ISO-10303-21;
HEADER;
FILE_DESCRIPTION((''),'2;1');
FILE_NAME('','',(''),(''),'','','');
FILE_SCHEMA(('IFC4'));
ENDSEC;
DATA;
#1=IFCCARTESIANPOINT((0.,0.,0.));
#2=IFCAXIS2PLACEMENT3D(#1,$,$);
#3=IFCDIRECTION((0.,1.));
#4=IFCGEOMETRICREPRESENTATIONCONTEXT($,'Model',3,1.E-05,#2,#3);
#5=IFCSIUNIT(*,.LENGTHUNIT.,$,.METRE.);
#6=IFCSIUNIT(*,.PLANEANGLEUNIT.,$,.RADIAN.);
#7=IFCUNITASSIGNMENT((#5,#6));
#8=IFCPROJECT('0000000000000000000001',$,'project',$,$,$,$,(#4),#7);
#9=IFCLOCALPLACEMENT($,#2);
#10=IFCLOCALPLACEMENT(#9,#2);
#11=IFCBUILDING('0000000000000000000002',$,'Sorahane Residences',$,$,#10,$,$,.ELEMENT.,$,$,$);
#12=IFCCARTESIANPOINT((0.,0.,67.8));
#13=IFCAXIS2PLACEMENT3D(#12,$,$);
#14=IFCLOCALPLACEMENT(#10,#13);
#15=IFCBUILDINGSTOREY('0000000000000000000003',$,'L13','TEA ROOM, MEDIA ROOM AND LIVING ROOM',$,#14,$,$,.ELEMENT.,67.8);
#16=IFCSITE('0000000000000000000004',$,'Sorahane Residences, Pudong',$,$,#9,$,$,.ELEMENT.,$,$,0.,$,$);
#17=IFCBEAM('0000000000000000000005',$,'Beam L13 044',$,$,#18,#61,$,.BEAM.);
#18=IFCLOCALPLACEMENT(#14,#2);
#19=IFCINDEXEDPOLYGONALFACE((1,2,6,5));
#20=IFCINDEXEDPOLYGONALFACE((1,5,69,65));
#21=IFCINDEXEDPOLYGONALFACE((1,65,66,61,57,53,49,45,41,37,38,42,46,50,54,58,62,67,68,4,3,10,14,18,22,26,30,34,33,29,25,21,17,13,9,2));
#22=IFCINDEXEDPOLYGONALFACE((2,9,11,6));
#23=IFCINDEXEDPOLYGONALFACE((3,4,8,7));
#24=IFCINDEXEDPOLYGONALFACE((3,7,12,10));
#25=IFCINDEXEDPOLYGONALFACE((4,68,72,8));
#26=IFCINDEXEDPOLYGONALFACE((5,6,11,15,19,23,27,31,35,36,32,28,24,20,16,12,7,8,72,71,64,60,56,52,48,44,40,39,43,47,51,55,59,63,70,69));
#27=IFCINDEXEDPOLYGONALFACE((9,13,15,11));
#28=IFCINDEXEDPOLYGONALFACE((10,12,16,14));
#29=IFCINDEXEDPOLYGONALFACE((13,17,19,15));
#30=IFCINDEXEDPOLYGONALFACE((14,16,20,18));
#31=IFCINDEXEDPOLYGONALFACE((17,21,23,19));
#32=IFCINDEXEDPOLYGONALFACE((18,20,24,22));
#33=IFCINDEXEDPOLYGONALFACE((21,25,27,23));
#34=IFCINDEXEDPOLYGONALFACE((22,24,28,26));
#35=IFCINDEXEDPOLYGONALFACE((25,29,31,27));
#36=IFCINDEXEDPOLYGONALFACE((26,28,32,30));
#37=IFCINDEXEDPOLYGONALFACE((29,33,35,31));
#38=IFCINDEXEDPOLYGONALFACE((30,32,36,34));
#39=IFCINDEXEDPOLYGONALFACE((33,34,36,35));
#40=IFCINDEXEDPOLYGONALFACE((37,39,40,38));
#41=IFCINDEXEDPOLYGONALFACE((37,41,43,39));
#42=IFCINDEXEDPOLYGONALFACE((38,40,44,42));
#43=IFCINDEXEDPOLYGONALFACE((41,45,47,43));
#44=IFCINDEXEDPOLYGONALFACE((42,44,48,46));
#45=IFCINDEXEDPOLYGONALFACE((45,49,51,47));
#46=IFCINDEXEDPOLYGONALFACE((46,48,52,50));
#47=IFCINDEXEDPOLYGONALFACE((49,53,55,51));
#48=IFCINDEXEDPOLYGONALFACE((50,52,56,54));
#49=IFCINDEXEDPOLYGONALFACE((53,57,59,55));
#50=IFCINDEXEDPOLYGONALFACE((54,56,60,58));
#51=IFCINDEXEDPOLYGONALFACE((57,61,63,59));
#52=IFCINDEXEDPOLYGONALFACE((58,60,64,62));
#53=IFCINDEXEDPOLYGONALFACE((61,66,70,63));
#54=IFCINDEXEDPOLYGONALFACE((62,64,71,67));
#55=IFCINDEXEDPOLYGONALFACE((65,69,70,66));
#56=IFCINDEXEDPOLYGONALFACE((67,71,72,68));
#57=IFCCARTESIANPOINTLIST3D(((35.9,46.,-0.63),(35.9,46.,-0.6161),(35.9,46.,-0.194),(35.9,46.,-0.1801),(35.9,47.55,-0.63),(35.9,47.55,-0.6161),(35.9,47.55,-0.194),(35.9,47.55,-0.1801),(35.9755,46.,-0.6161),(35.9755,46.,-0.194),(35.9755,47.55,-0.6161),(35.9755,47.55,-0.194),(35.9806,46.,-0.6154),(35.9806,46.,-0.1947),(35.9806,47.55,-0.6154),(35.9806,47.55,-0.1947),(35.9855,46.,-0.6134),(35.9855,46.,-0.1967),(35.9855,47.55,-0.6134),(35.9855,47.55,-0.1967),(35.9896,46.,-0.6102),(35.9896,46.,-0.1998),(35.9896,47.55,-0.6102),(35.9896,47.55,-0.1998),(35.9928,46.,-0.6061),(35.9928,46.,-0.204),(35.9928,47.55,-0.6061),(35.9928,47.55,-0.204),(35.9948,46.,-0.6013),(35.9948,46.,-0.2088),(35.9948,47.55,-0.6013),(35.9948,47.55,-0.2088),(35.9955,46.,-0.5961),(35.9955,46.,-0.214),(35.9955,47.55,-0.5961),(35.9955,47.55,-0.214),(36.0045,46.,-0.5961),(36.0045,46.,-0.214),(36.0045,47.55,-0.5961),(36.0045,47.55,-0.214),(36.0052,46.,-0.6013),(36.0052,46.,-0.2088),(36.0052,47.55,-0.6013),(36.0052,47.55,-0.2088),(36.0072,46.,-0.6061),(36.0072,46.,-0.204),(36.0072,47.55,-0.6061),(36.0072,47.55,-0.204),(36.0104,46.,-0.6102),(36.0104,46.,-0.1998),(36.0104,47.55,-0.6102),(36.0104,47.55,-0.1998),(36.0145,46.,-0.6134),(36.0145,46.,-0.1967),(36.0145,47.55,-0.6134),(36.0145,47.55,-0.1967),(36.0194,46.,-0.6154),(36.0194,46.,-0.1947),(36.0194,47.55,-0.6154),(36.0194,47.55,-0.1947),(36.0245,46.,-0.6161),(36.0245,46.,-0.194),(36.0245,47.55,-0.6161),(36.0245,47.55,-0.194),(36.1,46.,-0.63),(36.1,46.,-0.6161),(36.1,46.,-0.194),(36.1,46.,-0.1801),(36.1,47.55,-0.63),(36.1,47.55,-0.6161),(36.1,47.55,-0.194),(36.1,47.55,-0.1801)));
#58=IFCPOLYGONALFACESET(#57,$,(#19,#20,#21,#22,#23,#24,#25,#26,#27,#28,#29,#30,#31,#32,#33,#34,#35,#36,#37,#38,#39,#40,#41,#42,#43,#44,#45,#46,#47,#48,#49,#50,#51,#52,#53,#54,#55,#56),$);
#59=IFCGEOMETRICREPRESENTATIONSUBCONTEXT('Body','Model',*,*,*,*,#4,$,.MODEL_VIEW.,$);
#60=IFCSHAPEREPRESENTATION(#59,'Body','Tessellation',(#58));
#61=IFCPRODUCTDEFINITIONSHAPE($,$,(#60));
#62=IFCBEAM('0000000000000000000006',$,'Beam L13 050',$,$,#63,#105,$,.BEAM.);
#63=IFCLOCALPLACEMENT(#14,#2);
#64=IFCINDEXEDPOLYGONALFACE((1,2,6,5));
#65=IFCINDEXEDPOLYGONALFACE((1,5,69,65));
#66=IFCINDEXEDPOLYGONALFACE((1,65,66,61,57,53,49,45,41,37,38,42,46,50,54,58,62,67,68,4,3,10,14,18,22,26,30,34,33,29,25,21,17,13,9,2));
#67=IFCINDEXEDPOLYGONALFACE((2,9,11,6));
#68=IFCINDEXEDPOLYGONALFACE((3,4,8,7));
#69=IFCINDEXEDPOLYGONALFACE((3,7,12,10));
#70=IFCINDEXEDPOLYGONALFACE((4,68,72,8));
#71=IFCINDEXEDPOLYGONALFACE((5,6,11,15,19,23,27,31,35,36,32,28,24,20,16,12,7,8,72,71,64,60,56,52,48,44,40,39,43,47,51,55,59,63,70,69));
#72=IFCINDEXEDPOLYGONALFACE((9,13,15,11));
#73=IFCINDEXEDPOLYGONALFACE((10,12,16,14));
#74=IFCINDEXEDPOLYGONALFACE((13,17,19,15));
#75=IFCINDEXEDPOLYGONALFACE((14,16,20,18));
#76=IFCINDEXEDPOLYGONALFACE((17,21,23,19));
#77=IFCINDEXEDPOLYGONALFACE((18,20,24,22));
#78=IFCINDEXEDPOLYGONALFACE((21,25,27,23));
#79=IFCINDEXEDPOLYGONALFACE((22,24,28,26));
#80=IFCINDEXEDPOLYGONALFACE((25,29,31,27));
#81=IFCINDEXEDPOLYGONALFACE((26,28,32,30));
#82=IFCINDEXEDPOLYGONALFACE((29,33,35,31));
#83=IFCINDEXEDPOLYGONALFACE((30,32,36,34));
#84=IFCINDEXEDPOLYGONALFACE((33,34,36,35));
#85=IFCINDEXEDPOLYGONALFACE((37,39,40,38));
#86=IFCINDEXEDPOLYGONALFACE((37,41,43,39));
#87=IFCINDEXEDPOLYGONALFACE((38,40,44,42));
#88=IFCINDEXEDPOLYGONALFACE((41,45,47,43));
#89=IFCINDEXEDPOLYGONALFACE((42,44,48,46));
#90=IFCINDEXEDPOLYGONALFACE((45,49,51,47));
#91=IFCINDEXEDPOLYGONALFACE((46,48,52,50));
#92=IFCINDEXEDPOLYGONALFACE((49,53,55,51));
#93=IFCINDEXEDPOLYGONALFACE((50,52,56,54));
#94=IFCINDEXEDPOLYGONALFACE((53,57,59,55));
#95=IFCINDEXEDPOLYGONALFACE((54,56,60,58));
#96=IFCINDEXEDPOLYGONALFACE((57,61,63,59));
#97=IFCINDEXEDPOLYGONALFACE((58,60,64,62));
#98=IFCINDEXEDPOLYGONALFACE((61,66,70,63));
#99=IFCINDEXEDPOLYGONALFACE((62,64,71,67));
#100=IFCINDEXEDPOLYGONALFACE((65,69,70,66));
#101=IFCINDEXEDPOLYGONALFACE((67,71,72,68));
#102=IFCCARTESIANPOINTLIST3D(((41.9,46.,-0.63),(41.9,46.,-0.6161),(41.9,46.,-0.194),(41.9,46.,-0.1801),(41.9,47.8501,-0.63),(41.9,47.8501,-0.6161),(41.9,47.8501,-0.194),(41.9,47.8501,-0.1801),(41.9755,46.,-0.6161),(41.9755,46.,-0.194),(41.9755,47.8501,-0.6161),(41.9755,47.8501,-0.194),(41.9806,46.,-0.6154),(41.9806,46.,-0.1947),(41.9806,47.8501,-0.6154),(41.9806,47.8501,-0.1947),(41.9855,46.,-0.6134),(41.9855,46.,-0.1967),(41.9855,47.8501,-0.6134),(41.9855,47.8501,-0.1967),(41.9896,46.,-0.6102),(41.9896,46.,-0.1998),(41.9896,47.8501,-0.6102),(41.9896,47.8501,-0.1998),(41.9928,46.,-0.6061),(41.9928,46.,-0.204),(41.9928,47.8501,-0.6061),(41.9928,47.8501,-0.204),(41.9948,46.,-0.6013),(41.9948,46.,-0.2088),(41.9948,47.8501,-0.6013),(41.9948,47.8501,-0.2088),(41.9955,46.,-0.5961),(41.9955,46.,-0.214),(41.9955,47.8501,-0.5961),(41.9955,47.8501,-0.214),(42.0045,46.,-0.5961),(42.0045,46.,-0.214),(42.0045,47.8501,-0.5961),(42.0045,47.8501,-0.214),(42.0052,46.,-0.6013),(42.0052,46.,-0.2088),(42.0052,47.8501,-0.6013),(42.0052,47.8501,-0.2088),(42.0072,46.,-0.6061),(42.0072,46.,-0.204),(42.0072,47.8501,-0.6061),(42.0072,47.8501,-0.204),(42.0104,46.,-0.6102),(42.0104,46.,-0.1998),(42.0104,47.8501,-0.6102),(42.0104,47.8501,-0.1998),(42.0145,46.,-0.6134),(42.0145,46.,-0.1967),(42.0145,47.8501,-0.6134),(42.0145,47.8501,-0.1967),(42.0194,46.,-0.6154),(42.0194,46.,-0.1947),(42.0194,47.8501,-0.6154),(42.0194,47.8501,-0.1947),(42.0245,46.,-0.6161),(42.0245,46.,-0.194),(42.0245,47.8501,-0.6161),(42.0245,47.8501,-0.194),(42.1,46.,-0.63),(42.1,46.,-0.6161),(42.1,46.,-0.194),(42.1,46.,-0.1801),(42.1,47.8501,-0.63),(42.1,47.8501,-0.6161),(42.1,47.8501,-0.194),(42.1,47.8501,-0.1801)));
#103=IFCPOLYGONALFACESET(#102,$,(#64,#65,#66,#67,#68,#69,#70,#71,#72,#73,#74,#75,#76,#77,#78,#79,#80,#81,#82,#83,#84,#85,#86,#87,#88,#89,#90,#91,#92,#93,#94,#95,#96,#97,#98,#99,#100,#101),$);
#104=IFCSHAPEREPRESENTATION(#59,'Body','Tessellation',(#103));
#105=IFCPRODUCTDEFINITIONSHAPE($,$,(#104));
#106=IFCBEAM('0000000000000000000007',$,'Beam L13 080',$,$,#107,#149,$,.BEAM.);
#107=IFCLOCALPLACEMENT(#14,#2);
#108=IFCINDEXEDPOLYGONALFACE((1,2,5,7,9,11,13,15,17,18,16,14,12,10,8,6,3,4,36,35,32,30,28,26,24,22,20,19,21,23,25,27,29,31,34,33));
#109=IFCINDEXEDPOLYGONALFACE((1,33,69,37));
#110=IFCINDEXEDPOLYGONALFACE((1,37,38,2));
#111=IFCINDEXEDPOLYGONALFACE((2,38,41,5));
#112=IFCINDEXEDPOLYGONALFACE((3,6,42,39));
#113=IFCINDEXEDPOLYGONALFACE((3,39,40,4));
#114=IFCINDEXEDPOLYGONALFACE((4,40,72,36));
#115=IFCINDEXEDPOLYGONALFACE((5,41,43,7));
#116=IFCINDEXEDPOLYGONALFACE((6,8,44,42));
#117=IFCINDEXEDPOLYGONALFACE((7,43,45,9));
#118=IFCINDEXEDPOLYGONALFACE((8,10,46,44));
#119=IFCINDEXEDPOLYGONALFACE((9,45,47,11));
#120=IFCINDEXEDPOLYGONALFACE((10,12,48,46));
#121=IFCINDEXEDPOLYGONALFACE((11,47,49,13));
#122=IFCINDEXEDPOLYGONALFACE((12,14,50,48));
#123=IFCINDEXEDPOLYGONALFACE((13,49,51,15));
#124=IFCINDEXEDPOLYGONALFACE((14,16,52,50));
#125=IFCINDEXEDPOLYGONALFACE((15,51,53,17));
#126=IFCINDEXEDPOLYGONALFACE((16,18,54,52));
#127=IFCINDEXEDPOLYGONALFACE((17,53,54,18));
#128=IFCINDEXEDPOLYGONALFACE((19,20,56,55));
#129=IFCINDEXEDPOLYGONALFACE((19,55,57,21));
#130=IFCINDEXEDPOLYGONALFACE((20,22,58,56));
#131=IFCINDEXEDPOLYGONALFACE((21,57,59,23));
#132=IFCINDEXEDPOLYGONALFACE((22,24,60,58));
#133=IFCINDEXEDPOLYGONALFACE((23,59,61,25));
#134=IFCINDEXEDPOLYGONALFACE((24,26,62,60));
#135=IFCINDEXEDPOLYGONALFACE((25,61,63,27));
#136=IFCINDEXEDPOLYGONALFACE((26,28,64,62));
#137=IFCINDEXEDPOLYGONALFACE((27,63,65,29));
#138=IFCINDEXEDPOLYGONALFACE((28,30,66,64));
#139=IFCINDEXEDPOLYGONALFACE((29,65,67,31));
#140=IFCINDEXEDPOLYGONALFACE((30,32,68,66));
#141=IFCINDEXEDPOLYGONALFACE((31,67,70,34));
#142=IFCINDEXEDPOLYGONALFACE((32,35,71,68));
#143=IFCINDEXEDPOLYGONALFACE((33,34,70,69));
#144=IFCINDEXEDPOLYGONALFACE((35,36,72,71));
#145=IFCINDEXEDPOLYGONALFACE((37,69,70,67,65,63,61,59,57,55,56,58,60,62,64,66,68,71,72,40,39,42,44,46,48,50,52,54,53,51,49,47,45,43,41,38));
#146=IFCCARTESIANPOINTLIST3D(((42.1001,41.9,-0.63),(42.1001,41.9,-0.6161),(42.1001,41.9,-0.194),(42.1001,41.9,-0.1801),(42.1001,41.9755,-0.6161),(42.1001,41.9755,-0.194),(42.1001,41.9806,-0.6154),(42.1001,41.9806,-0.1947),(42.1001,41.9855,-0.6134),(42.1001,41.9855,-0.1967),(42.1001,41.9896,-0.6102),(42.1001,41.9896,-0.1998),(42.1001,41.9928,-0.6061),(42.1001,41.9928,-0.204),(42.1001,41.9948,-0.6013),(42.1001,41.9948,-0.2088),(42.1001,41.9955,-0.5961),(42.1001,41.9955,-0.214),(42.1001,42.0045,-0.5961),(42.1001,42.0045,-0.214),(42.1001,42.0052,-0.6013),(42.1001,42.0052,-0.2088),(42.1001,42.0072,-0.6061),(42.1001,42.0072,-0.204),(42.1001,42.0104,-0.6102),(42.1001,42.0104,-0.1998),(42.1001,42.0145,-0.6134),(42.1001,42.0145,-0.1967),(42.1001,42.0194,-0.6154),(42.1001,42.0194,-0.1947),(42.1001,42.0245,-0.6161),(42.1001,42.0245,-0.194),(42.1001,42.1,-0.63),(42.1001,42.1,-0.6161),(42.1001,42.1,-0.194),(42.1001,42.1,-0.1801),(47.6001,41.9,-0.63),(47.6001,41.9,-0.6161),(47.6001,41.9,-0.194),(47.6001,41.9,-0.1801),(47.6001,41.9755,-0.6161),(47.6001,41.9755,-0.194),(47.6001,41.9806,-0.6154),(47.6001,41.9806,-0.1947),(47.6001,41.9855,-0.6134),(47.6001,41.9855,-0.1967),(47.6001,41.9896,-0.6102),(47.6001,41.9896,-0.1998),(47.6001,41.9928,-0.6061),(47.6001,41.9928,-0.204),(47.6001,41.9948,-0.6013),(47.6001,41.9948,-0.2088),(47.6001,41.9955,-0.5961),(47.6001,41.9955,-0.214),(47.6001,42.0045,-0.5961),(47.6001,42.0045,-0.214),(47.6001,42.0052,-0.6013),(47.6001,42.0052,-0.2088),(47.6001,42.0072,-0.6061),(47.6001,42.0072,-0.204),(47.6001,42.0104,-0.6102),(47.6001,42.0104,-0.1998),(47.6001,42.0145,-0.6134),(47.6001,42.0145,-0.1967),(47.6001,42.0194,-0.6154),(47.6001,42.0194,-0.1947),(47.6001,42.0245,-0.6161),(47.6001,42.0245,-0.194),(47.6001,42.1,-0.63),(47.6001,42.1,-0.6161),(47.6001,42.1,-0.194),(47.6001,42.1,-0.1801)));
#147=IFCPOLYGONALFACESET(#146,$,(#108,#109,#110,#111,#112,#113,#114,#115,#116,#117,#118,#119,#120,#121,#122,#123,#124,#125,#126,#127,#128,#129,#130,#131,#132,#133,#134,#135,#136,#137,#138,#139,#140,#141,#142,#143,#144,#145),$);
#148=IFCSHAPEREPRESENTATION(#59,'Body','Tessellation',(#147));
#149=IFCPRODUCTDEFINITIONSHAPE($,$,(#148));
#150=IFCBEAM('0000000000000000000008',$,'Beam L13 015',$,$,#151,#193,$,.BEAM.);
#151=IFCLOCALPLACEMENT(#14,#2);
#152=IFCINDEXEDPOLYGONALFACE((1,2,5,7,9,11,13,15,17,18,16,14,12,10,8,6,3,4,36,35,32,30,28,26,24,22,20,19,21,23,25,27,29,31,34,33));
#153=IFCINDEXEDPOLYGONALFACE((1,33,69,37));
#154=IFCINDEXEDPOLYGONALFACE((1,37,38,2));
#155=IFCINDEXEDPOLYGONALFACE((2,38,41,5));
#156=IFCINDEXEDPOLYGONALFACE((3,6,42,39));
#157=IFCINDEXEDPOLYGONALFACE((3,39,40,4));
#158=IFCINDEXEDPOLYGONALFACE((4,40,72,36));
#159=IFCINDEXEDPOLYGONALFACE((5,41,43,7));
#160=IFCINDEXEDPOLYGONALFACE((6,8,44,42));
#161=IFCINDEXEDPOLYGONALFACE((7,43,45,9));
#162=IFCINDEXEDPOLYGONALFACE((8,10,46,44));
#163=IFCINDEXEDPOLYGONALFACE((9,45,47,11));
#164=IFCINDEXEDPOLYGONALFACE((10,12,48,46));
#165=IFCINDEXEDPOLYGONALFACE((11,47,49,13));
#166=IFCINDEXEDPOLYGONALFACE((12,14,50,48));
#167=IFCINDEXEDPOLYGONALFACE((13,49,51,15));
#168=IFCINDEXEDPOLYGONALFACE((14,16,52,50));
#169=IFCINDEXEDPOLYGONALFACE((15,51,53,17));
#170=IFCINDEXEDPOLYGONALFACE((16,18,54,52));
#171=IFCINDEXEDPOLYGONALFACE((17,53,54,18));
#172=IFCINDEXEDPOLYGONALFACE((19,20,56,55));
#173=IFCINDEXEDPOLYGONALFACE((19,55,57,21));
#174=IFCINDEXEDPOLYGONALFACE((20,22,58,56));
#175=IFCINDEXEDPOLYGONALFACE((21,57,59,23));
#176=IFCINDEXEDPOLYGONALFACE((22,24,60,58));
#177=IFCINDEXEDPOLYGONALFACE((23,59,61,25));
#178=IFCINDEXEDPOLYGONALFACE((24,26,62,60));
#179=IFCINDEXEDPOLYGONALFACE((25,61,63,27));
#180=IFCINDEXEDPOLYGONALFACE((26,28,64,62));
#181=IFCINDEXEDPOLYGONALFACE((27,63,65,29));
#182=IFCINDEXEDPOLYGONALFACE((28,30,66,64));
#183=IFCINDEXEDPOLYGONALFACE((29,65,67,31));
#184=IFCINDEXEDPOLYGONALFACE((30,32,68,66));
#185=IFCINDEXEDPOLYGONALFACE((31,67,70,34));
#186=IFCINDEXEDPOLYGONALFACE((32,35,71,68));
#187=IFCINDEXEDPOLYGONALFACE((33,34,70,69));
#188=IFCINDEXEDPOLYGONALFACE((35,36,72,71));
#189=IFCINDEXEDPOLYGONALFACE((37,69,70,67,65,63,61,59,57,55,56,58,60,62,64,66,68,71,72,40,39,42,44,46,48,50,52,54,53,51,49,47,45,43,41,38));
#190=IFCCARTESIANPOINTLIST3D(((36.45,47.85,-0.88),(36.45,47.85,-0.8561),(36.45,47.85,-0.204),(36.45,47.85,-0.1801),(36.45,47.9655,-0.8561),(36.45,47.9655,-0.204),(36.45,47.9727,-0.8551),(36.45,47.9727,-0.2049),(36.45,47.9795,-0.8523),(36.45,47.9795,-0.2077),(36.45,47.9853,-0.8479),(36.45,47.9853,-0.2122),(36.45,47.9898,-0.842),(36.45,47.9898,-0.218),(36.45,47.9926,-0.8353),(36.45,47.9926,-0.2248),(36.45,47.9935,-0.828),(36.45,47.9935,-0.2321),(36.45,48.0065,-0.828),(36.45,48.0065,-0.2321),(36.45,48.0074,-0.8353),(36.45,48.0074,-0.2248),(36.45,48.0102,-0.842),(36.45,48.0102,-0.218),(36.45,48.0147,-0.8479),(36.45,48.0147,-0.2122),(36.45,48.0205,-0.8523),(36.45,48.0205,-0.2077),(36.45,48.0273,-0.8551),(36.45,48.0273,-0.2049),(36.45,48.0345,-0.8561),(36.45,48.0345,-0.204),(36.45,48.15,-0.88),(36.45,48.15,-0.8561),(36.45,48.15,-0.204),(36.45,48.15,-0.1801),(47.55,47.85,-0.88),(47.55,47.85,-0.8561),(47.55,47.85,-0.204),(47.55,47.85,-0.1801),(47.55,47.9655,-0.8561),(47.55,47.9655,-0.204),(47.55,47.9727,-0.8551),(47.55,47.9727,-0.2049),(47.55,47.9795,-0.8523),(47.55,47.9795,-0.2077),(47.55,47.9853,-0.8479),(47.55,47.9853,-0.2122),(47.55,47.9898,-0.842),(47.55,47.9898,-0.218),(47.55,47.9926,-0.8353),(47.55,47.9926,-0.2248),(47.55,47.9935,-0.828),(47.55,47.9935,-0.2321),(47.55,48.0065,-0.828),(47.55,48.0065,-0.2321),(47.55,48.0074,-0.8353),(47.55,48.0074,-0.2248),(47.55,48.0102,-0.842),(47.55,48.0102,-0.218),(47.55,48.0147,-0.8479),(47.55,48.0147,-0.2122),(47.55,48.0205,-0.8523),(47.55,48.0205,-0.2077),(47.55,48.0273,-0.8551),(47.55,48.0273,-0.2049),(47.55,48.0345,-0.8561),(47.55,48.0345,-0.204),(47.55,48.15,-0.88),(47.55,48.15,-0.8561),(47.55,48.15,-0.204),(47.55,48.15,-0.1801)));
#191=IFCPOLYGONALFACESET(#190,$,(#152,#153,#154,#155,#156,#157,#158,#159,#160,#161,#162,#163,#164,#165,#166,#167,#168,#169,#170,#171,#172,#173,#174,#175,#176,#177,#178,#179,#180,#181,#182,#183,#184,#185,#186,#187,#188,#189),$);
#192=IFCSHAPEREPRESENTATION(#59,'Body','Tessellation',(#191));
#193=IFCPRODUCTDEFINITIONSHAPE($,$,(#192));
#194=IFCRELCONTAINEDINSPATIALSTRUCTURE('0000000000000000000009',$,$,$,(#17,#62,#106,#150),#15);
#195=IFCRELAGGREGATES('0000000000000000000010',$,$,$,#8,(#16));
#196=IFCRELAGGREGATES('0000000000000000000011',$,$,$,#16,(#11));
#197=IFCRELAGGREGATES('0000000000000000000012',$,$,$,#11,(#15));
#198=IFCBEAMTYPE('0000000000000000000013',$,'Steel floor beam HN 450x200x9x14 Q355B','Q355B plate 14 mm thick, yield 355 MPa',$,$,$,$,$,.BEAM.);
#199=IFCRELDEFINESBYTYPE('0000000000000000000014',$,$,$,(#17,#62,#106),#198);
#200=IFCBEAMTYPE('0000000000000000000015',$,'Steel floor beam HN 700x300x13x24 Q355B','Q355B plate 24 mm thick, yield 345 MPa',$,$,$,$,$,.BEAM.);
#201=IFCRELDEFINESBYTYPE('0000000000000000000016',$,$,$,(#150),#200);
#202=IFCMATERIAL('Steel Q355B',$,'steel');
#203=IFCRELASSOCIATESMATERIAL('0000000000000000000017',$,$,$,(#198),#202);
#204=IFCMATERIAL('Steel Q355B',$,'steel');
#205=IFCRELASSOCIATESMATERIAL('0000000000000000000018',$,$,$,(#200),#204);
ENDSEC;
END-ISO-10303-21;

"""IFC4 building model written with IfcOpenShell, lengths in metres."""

from ifc_helpers import new_model, si_unit, direction, frame, origin, origin_2d, place, context, subcontext, project, spatial, i_section, extrude, material, material_profile, profile_set, type_object, element, save


model = new_model("IFC4")

# Units and contexts
model_context = context("Model", 3, precision=1e-05, world=origin(), true_north=direction((0.0, 1.0)))
body_context = subcontext(model_context, "Body", "Model", "MODEL_VIEW")
ifc_project = project(units=[si_unit("LENGTHUNIT", "METRE"), si_unit("PLANEANGLEUNIT", "RADIAN")], contexts=[model_context])

# Site, building, storey
site_placement = place(None, origin())
site = spatial("IfcSite", under=ifc_project, at=site_placement, Name="Sorahane Residences, Pudong", CompositionType="ELEMENT", RefElevation=0.0)
building_placement = place(site_placement, origin())
building = spatial("IfcBuilding", under=site, at=building_placement, Name="Sorahane Residences", CompositionType="ELEMENT")
storey_placement = place(building_placement, frame((0.0, 0.0, 67.8)))
storey = spatial("IfcBuildingStorey", under=building, at=storey_placement, Name="L13", Description="TEA ROOM, MEDIA ROOM AND LIVING ROOM", CompositionType="ELEMENT", Elevation=67.8)

# Beams
ifc_material_1 = material(Name="Steel Q355B", Category="steel")
ifc_material_profile_1 = material_profile(ifc_material_1, i_section(OverallWidth=0.2, OverallDepth=0.45, WebThickness=0.009, FlangeThickness=0.0139, FilletRadius=0.02, at=origin_2d()), Name="HN 450x200x9x14")
ifc_profile_set_1 = profile_set([ifc_material_profile_1], Name="Steel Q355B")
beam_type_1 = type_object("IfcBeamType", Name="Steel floor beam HN 450x200x9x14 Q355B", Description="Q355B plate 14 mm thick, yield 355 MPa", PredefinedType="BEAM", material=ifc_profile_set_1)
beam_1_placement = place(storey_placement, frame((36.0, 46.0, -0.405), z_axis=(0.0, 1.0, 0.0), x_axis=(-1.0, 0.0, 0.0)))
element("IfcBeam", 1, at=beam_1_placement, inside=storey, type_object=beam_type_1, Name="Beam L13 044", PredefinedType="BEAM", context=body_context, shape_type="SweptSolid", body=[
    extrude(i_section(OverallWidth=0.2, OverallDepth=0.45, WebThickness=0.009, FlangeThickness=0.0139, FilletRadius=0.02, at=origin_2d()), origin(), (0.0, 0.0, 1.0), 1.55),
])
beam_2_placement = place(storey_placement, frame((42.0, 46.0, -0.405), z_axis=(0.0, 1.0, 0.0), x_axis=(-1.0, 0.0, 0.0)))
element("IfcBeam", 2, at=beam_2_placement, inside=storey, type_object=beam_type_1, Name="Beam L13 050", PredefinedType="BEAM", context=body_context, shape_type="SweptSolid", body=[
    extrude(i_section(OverallWidth=0.2, OverallDepth=0.45, WebThickness=0.009, FlangeThickness=0.0139, FilletRadius=0.02, at=origin_2d()), origin(), (0.0, 0.0, 1.0), 1.8501),
])
beam_3_placement = place(storey_placement, frame((42.1001, 42.0, -0.405), z_axis=(1.0, 0.0, 0.0), x_axis=(0.0, 1.0, 0.0)))
element("IfcBeam", 3, at=beam_3_placement, inside=storey, type_object=beam_type_1, Name="Beam L13 080", PredefinedType="BEAM", context=body_context, shape_type="SweptSolid", body=[
    extrude(i_section(OverallWidth=0.2, OverallDepth=0.45, WebThickness=0.009, FlangeThickness=0.0139, FilletRadius=0.02, at=origin_2d()), origin(), (0.0, 0.0, 1.0), 5.5),
])
ifc_material_2 = material(Name="Steel Q355B", Category="steel")
ifc_material_profile_2 = material_profile(ifc_material_2, i_section(OverallWidth=0.3, OverallDepth=0.7, WebThickness=0.0129, FlangeThickness=0.0239, FilletRadius=0.0281, at=origin_2d()), Name="HN 700x300x13x24")
ifc_profile_set_2 = profile_set([ifc_material_profile_2], Name="Steel Q355B")
beam_type_2 = type_object("IfcBeamType", Name="Steel floor beam HN 700x300x13x24 Q355B", Description="Q355B plate 24 mm thick, yield 345 MPa", PredefinedType="BEAM", material=ifc_profile_set_2)
beam_4_placement = place(storey_placement, frame((36.45, 48.0, -0.53), z_axis=(1.0, 0.0, 0.0), x_axis=(0.0, 1.0, 0.0)))
element("IfcBeam", 4, at=beam_4_placement, inside=storey, type_object=beam_type_2, Name="Beam L13 015", PredefinedType="BEAM", context=body_context, shape_type="SweptSolid", body=[
    extrude(i_section(OverallWidth=0.3, OverallDepth=0.7, WebThickness=0.0129, FlangeThickness=0.0239, FilletRadius=0.0281, at=origin_2d()), origin(), (0.0, 0.0, 1.0), 11.1001),
])

save(model, "model.ifc")
